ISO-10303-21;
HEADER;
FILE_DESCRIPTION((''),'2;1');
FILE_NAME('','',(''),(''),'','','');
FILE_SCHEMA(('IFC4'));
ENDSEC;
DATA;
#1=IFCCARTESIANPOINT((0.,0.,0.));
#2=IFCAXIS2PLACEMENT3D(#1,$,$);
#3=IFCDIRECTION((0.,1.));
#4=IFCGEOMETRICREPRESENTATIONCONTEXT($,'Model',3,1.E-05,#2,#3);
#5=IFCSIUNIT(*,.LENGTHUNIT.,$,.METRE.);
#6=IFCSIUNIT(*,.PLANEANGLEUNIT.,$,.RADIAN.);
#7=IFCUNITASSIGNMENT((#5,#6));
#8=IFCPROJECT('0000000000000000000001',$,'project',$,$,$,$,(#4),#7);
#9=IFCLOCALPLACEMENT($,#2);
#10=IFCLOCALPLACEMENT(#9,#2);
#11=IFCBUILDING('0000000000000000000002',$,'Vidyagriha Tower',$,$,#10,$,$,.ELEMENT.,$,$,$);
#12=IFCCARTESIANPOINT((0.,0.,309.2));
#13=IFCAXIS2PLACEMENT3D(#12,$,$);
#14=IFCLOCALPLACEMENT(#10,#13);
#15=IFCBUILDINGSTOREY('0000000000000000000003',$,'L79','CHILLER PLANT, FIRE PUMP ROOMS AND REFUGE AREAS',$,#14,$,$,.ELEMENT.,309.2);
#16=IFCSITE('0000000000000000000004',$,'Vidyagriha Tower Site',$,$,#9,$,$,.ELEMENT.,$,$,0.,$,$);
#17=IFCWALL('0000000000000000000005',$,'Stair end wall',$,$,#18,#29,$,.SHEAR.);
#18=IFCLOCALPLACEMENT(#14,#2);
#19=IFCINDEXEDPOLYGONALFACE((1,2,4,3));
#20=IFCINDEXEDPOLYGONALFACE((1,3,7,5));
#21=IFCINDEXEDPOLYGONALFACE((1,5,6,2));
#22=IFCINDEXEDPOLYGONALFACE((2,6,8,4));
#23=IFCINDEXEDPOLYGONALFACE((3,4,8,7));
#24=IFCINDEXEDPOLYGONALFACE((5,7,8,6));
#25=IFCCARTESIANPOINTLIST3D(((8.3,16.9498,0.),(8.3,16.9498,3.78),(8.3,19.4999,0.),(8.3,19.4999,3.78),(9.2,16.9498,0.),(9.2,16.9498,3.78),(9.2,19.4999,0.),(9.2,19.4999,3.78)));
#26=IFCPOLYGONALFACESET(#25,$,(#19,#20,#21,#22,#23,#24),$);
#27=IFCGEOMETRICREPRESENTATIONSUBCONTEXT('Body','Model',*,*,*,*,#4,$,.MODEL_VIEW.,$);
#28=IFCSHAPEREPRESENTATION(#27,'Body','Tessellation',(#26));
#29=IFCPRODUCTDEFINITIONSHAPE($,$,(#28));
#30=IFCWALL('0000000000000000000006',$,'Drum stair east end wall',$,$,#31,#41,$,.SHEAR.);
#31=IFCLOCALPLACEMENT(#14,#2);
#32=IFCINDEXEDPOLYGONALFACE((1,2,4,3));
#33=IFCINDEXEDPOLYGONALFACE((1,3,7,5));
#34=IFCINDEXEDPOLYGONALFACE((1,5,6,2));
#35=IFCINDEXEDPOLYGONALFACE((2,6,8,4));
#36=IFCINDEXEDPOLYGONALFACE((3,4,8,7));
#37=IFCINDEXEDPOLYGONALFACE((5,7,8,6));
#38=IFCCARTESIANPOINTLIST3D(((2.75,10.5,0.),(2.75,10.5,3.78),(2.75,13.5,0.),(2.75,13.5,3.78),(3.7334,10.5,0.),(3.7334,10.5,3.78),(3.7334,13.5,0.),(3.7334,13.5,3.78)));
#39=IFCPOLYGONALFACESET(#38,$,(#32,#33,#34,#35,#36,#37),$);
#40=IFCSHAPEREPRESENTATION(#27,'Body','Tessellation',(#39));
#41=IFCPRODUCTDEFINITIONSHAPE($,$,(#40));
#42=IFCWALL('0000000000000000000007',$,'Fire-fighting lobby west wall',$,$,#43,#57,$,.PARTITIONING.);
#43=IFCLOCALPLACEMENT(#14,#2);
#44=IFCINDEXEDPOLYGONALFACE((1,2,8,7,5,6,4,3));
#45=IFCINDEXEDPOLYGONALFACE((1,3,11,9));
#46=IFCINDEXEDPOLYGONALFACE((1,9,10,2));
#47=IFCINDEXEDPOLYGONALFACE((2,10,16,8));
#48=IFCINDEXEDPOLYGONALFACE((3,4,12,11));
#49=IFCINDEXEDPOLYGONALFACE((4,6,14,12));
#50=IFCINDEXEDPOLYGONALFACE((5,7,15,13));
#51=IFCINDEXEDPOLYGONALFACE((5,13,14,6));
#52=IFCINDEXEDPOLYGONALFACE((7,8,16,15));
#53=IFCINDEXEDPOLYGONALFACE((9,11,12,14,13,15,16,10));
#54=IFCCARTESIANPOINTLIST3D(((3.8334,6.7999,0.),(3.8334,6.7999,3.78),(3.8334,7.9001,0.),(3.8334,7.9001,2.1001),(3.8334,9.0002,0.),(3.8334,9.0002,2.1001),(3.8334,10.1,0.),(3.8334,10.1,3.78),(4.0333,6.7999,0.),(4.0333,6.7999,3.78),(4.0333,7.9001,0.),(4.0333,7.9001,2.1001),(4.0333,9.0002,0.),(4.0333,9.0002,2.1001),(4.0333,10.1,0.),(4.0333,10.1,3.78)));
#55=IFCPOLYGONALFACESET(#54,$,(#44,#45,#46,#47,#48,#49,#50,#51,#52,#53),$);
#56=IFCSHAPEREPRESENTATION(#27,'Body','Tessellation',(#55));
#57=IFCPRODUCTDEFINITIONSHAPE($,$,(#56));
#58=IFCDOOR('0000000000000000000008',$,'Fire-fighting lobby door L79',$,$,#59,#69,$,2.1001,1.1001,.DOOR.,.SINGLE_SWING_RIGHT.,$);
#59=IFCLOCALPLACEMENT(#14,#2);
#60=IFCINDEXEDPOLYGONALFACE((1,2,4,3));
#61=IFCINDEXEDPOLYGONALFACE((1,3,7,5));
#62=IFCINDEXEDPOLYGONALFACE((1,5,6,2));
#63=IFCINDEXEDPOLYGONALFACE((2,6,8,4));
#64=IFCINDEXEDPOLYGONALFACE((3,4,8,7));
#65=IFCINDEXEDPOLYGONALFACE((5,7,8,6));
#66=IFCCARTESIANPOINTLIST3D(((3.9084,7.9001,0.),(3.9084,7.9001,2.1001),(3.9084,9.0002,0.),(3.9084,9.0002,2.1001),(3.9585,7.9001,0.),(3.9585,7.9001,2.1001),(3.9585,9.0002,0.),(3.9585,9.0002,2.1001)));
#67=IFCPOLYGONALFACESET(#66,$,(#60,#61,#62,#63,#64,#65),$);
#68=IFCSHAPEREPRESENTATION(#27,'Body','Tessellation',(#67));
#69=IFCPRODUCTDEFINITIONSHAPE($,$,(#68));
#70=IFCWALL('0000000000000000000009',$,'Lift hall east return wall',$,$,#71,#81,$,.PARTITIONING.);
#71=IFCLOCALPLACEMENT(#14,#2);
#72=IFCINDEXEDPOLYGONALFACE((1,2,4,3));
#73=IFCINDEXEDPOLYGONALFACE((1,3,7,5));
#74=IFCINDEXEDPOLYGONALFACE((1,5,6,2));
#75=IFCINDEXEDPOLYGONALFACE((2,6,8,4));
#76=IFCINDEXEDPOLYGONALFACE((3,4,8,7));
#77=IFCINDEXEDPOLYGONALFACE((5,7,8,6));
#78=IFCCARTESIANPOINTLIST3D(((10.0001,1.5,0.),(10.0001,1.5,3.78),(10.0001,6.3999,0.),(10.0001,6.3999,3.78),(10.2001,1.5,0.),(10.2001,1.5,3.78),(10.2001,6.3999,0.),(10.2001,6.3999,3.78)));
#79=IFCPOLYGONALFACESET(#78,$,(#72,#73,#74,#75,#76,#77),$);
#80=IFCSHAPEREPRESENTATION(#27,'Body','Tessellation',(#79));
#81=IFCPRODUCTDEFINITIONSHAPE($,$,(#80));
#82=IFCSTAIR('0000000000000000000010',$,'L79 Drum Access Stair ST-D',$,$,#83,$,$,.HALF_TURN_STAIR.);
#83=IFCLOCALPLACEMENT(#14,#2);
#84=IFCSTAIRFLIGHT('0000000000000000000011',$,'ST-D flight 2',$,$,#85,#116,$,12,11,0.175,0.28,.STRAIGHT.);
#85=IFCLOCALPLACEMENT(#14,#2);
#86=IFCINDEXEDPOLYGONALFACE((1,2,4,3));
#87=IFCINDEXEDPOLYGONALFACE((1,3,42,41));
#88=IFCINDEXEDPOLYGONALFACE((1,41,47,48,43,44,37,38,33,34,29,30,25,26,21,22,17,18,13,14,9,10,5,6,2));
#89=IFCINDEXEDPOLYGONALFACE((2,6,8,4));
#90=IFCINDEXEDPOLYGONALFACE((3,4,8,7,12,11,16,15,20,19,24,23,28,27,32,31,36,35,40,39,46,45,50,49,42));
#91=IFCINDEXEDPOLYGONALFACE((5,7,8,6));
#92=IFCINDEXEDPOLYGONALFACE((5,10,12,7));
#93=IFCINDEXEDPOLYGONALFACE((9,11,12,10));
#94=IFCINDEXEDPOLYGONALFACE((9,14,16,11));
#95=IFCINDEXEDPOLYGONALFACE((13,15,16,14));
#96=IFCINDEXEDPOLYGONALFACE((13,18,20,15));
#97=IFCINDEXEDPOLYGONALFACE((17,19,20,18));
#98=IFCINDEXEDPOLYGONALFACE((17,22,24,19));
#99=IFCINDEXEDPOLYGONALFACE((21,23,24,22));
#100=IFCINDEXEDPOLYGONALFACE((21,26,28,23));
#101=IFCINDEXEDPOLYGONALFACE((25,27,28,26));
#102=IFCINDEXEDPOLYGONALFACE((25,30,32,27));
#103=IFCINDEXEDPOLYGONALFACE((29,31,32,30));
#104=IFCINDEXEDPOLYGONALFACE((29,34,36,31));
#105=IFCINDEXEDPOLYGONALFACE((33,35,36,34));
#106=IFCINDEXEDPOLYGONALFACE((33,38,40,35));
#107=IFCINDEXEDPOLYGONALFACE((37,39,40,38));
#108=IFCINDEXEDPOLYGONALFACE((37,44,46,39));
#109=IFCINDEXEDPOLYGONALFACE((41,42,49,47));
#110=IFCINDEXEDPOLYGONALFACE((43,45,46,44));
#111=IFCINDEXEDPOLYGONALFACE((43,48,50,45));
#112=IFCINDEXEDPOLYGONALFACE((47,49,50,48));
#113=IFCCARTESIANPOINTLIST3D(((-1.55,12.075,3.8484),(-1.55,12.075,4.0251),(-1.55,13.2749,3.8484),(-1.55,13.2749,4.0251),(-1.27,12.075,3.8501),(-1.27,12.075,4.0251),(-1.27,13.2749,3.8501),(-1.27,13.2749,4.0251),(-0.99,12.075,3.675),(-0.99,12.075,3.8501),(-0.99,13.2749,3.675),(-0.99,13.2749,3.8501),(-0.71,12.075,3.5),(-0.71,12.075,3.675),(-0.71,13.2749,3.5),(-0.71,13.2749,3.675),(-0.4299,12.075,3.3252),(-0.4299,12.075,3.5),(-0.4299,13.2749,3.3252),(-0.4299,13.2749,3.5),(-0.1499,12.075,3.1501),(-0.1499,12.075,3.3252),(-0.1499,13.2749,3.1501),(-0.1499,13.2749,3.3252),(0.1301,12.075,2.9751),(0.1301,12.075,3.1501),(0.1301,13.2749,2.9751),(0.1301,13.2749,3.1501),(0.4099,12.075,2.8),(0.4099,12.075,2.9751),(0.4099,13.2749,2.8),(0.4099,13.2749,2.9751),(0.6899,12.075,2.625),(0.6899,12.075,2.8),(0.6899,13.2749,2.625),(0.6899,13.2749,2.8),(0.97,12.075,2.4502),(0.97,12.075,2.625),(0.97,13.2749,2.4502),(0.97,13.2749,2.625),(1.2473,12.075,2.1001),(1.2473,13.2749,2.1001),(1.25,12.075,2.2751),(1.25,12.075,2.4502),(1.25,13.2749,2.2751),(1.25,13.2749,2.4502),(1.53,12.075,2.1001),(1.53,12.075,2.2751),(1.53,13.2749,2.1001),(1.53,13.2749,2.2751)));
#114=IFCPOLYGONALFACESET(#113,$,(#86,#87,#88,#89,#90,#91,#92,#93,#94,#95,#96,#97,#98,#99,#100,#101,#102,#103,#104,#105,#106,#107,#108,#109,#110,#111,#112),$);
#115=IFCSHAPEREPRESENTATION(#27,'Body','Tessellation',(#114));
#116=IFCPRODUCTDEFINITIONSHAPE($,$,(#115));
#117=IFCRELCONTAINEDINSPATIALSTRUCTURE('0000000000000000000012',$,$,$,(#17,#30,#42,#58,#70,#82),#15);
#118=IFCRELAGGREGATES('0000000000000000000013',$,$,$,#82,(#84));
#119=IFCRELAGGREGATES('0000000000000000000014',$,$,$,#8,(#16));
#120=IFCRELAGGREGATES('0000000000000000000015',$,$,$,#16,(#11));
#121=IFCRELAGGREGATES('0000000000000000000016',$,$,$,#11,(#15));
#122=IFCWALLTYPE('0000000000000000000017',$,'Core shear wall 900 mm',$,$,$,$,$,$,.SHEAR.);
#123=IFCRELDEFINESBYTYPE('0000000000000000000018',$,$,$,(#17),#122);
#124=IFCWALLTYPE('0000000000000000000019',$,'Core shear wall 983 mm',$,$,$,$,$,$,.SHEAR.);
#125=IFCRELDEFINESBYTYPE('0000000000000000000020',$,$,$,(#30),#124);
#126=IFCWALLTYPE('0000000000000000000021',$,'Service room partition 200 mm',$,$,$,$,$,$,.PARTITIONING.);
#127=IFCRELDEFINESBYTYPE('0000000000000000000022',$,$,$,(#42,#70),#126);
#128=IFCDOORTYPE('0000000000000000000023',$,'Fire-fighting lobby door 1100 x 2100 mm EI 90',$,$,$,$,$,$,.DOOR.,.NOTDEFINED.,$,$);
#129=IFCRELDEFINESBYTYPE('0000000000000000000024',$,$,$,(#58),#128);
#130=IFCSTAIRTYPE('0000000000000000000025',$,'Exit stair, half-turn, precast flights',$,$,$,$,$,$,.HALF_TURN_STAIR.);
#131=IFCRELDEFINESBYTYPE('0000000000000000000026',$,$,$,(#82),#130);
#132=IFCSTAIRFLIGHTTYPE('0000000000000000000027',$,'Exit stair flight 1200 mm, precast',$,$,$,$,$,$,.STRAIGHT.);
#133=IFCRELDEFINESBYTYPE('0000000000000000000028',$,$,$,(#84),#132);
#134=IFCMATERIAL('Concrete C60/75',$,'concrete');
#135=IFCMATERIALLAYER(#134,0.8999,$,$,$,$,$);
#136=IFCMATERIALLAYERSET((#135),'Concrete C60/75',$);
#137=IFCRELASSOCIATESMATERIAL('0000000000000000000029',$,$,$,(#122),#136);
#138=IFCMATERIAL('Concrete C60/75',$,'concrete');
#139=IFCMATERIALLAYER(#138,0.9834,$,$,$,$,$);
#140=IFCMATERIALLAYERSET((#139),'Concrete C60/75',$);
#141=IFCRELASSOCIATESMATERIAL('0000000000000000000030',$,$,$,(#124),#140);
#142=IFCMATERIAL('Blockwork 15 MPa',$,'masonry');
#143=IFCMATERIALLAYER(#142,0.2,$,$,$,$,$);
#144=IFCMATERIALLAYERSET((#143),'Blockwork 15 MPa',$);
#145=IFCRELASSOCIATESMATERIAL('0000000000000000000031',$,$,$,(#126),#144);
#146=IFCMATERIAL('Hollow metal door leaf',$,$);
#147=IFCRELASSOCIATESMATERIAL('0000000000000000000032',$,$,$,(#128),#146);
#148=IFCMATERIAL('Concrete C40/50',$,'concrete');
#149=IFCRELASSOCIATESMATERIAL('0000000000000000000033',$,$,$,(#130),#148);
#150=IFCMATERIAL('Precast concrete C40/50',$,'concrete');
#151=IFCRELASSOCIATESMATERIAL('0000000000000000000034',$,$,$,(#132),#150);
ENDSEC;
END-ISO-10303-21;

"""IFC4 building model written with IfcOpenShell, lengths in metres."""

from ifc_helpers import new_model, si_unit, direction, frame, frame_2d, origin, place, context, subcontext, project, spatial, polyline, rectangle, outline, extrude, material, layer, layer_set, type_object, element, fill, aggregate, save


model = new_model("IFC4")

# Units and contexts
model_context = context("Model", 3, precision=1e-05, world=origin(), true_north=direction((0.0, 1.0)))
body_context = subcontext(model_context, "Body", "Model", "MODEL_VIEW")
ifc_project = project(units=[si_unit("LENGTHUNIT", "METRE"), si_unit("PLANEANGLEUNIT", "RADIAN")], contexts=[model_context])

# Site, building, storey
site_placement = place(None, origin())
site = spatial("IfcSite", under=ifc_project, at=site_placement, Name="Vidyagriha Tower Site", CompositionType="ELEMENT", RefElevation=0.0)
building_placement = place(site_placement, origin())
building = spatial("IfcBuilding", under=site, at=building_placement, Name="Vidyagriha Tower", CompositionType="ELEMENT")
storey_placement = place(building_placement, frame((0.0, 0.0, 309.2)))
storey = spatial("IfcBuildingStorey", under=building, at=storey_placement, Name="L79", Description="CHILLER PLANT, FIRE PUMP ROOMS AND REFUGE AREAS", CompositionType="ELEMENT", Elevation=309.2)

# Walls
ifc_material_1 = material(Name="Concrete C60/75", Category="concrete")
ifc_layer_1 = layer(ifc_material_1, 0.8999)
ifc_layer_set_1 = layer_set([ifc_layer_1], Name="Concrete C60/75")
wall_type_1 = type_object("IfcWallType", Name="Core shear wall 900 mm", PredefinedType="SHEAR", material=ifc_layer_set_1)
wall_1_placement = place(storey_placement, frame((8.75, 16.95, 0.0), z_axis=(0.0, 0.0, 1.0), x_axis=(0.0, 1.0, 0.0)))
element("IfcWall", 1, at=wall_1_placement, inside=storey, type_object=wall_type_1, Name="Stair end wall", PredefinedType="SHEAR", context=body_context, shape_type="SweptSolid", body=[
    extrude(rectangle(XDim=2.55, YDim=0.8999, at=frame_2d((1.2749, 0.0))), origin(), (0.0, 0.0, 1.0), 3.78),
])
ifc_material_2 = material(Name="Concrete C60/75", Category="concrete")
ifc_layer_2 = layer(ifc_material_2, 0.9834)
ifc_layer_set_2 = layer_set([ifc_layer_2], Name="Concrete C60/75")
wall_type_2 = type_object("IfcWallType", Name="Core shear wall 983 mm", PredefinedType="SHEAR", material=ifc_layer_set_2)
wall_2_placement = place(storey_placement, frame((3.2417, 10.5, 0.0), z_axis=(0.0, 0.0, 1.0), x_axis=(0.0, 1.0, 0.0)))
element("IfcWall", 2, at=wall_2_placement, inside=storey, type_object=wall_type_2, Name="Drum stair east end wall", PredefinedType="SHEAR", context=body_context, shape_type="SweptSolid", body=[
    extrude(rectangle(XDim=3.0, YDim=0.9834, at=frame_2d((1.5, 0.0))), origin(), (0.0, 0.0, 1.0), 3.78),
])

# Wall, opening, door
ifc_material_3 = material(Name="Blockwork 15 MPa", Category="masonry")
ifc_layer_3 = layer(ifc_material_3, 0.2)
ifc_layer_set_3 = layer_set([ifc_layer_3], Name="Blockwork 15 MPa")
wall_type_3 = type_object("IfcWallType", Name="Service room partition 200 mm", PredefinedType="PARTITIONING", material=ifc_layer_set_3)
wall_3_placement = place(storey_placement, frame((3.9333, 6.8, 0.0), z_axis=(0.0, 0.0, 1.0), x_axis=(0.0, 1.0, 0.0)))
wall_3 = element("IfcWall", 3, at=wall_3_placement, inside=storey, type_object=wall_type_3, Name="Fire-fighting lobby west wall", PredefinedType="PARTITIONING", context=body_context, shape_type="SweptSolid", body=[
    extrude(rectangle(XDim=3.3, YDim=0.2, at=frame_2d((1.6499, 0.0))), origin(), (0.0, 0.0, 1.0), 3.78),
])
opening_placement = place(wall_3_placement, frame((1.1001, 0.0, 0.0)))
opening = element("IfcOpeningElement", 4, at=opening_placement, cuts=wall_3, PredefinedType="OPENING", context=body_context, shape_type="SweptSolid", body=[
    extrude(rectangle(XDim=1.1001, YDim=2.1001, at=frame_2d((0.55, 1.05))), frame((0.0, 0.1099, 0.0), z_axis=(0.0, -1.0, 0.0), x_axis=(1.0, 0.0, 0.0)), (0.0, 0.0, 1.0), 0.22),
])
ifc_material_4 = material(Name="Hollow metal door leaf")
door_type = type_object("IfcDoorType", Name="Fire-fighting lobby door 1100 x 2100 mm EI 90", OperationType="NOTDEFINED", PredefinedType="DOOR", material=ifc_material_4)
door_placement = place(opening_placement, origin())
door = element("IfcDoor", 5, at=door_placement, inside=storey, type_object=door_type, Name="Fire-fighting lobby door L79", OperationType="SINGLE_SWING_RIGHT", OverallHeight=2.1001, OverallWidth=1.1001, PredefinedType="DOOR", context=body_context, shape_type="SweptSolid", body=[
    extrude(rectangle(XDim=1.1001, YDim=2.1001, at=frame_2d((0.55, 1.05))), frame((0.0, 0.0249, 0.0), z_axis=(0.0, -1.0, 0.0), x_axis=(1.0, 0.0, 0.0)), (0.0, 0.0, 1.0), 0.05),
])
fill(opening, door)

# Wall
wall_4_placement = place(storey_placement, frame((10.1001, 1.5, 0.0), z_axis=(0.0, 0.0, 1.0), x_axis=(0.0, 1.0, 0.0)))
element("IfcWall", 6, at=wall_4_placement, inside=storey, type_object=wall_type_3, Name="Lift hall east return wall", PredefinedType="PARTITIONING", context=body_context, shape_type="SweptSolid", body=[
    extrude(rectangle(XDim=4.8999, YDim=0.2, at=frame_2d((2.45, 0.0))), origin(), (0.0, 0.0, 1.0), 3.78),
])

# Stair, stair flight
ifc_material_5 = material(Name="Concrete C40/50", Category="concrete")
stair_type = type_object("IfcStairType", Name="Exit stair, half-turn, precast flights", PredefinedType="HALF_TURN_STAIR", material=ifc_material_5)
stair_placement = place(storey_placement, origin())
stair = element("IfcStair", 7, at=stair_placement, inside=storey, type_object=stair_type, Name="L79 Drum Access Stair ST-D", PredefinedType="HALF_TURN_STAIR")
ifc_material_6 = material(Name="Precast concrete C40/50", Category="concrete")
stair_flight_type = type_object("IfcStairFlightType", Name="Exit stair flight 1200 mm, precast", PredefinedType="STRAIGHT", material=ifc_material_6)
stair_flight_placement = place(storey_placement, frame((1.53, 12.675, 2.1001), z_axis=(0.0, 0.0, 1.0), x_axis=(-1.0, 0.0, 0.0)))
stair_flight = element("IfcStairFlight", 8, at=stair_flight_placement, type_object=stair_flight_type, Name="ST-D flight 2", NumberOfRisers=12, NumberOfTreads=11, PredefinedType="STRAIGHT", RiserHeight=0.175, TreadLength=0.28, context=body_context, shape_type="SweptSolid", body=[
    extrude(outline(polyline([(0.0, 0.0), (0.0, 0.175), (0.28, 0.175), (0.28, 0.3501), (0.5601, 0.3501), (0.5601, 0.5249), (0.8401, 0.5249), (0.8401, 0.7), (1.1201, 0.7), (1.1201, 0.875), (1.3999, 0.875), (1.3999, 1.05), (1.6799, 1.05), (1.6799, 1.2251), (1.96, 1.2251), (1.96, 1.3999), (2.24, 1.3999), (2.24, 1.575), (2.52, 1.575), (2.52, 1.75), (2.8, 1.75), (2.8, 1.925), (3.0801, 1.925), (3.0801, 2.1001), (3.0801, 1.7483), (0.2827, 0.0), (0.0, 0.0)])), frame((0.0, 0.6001, 0.0), z_axis=(0.0, -1.0, 0.0), x_axis=(1.0, 0.0, 0.0)), (0.0, 0.0, 1.0), 1.2),
])
aggregate(stair, [stair_flight])

save(model, "model.ifc")
